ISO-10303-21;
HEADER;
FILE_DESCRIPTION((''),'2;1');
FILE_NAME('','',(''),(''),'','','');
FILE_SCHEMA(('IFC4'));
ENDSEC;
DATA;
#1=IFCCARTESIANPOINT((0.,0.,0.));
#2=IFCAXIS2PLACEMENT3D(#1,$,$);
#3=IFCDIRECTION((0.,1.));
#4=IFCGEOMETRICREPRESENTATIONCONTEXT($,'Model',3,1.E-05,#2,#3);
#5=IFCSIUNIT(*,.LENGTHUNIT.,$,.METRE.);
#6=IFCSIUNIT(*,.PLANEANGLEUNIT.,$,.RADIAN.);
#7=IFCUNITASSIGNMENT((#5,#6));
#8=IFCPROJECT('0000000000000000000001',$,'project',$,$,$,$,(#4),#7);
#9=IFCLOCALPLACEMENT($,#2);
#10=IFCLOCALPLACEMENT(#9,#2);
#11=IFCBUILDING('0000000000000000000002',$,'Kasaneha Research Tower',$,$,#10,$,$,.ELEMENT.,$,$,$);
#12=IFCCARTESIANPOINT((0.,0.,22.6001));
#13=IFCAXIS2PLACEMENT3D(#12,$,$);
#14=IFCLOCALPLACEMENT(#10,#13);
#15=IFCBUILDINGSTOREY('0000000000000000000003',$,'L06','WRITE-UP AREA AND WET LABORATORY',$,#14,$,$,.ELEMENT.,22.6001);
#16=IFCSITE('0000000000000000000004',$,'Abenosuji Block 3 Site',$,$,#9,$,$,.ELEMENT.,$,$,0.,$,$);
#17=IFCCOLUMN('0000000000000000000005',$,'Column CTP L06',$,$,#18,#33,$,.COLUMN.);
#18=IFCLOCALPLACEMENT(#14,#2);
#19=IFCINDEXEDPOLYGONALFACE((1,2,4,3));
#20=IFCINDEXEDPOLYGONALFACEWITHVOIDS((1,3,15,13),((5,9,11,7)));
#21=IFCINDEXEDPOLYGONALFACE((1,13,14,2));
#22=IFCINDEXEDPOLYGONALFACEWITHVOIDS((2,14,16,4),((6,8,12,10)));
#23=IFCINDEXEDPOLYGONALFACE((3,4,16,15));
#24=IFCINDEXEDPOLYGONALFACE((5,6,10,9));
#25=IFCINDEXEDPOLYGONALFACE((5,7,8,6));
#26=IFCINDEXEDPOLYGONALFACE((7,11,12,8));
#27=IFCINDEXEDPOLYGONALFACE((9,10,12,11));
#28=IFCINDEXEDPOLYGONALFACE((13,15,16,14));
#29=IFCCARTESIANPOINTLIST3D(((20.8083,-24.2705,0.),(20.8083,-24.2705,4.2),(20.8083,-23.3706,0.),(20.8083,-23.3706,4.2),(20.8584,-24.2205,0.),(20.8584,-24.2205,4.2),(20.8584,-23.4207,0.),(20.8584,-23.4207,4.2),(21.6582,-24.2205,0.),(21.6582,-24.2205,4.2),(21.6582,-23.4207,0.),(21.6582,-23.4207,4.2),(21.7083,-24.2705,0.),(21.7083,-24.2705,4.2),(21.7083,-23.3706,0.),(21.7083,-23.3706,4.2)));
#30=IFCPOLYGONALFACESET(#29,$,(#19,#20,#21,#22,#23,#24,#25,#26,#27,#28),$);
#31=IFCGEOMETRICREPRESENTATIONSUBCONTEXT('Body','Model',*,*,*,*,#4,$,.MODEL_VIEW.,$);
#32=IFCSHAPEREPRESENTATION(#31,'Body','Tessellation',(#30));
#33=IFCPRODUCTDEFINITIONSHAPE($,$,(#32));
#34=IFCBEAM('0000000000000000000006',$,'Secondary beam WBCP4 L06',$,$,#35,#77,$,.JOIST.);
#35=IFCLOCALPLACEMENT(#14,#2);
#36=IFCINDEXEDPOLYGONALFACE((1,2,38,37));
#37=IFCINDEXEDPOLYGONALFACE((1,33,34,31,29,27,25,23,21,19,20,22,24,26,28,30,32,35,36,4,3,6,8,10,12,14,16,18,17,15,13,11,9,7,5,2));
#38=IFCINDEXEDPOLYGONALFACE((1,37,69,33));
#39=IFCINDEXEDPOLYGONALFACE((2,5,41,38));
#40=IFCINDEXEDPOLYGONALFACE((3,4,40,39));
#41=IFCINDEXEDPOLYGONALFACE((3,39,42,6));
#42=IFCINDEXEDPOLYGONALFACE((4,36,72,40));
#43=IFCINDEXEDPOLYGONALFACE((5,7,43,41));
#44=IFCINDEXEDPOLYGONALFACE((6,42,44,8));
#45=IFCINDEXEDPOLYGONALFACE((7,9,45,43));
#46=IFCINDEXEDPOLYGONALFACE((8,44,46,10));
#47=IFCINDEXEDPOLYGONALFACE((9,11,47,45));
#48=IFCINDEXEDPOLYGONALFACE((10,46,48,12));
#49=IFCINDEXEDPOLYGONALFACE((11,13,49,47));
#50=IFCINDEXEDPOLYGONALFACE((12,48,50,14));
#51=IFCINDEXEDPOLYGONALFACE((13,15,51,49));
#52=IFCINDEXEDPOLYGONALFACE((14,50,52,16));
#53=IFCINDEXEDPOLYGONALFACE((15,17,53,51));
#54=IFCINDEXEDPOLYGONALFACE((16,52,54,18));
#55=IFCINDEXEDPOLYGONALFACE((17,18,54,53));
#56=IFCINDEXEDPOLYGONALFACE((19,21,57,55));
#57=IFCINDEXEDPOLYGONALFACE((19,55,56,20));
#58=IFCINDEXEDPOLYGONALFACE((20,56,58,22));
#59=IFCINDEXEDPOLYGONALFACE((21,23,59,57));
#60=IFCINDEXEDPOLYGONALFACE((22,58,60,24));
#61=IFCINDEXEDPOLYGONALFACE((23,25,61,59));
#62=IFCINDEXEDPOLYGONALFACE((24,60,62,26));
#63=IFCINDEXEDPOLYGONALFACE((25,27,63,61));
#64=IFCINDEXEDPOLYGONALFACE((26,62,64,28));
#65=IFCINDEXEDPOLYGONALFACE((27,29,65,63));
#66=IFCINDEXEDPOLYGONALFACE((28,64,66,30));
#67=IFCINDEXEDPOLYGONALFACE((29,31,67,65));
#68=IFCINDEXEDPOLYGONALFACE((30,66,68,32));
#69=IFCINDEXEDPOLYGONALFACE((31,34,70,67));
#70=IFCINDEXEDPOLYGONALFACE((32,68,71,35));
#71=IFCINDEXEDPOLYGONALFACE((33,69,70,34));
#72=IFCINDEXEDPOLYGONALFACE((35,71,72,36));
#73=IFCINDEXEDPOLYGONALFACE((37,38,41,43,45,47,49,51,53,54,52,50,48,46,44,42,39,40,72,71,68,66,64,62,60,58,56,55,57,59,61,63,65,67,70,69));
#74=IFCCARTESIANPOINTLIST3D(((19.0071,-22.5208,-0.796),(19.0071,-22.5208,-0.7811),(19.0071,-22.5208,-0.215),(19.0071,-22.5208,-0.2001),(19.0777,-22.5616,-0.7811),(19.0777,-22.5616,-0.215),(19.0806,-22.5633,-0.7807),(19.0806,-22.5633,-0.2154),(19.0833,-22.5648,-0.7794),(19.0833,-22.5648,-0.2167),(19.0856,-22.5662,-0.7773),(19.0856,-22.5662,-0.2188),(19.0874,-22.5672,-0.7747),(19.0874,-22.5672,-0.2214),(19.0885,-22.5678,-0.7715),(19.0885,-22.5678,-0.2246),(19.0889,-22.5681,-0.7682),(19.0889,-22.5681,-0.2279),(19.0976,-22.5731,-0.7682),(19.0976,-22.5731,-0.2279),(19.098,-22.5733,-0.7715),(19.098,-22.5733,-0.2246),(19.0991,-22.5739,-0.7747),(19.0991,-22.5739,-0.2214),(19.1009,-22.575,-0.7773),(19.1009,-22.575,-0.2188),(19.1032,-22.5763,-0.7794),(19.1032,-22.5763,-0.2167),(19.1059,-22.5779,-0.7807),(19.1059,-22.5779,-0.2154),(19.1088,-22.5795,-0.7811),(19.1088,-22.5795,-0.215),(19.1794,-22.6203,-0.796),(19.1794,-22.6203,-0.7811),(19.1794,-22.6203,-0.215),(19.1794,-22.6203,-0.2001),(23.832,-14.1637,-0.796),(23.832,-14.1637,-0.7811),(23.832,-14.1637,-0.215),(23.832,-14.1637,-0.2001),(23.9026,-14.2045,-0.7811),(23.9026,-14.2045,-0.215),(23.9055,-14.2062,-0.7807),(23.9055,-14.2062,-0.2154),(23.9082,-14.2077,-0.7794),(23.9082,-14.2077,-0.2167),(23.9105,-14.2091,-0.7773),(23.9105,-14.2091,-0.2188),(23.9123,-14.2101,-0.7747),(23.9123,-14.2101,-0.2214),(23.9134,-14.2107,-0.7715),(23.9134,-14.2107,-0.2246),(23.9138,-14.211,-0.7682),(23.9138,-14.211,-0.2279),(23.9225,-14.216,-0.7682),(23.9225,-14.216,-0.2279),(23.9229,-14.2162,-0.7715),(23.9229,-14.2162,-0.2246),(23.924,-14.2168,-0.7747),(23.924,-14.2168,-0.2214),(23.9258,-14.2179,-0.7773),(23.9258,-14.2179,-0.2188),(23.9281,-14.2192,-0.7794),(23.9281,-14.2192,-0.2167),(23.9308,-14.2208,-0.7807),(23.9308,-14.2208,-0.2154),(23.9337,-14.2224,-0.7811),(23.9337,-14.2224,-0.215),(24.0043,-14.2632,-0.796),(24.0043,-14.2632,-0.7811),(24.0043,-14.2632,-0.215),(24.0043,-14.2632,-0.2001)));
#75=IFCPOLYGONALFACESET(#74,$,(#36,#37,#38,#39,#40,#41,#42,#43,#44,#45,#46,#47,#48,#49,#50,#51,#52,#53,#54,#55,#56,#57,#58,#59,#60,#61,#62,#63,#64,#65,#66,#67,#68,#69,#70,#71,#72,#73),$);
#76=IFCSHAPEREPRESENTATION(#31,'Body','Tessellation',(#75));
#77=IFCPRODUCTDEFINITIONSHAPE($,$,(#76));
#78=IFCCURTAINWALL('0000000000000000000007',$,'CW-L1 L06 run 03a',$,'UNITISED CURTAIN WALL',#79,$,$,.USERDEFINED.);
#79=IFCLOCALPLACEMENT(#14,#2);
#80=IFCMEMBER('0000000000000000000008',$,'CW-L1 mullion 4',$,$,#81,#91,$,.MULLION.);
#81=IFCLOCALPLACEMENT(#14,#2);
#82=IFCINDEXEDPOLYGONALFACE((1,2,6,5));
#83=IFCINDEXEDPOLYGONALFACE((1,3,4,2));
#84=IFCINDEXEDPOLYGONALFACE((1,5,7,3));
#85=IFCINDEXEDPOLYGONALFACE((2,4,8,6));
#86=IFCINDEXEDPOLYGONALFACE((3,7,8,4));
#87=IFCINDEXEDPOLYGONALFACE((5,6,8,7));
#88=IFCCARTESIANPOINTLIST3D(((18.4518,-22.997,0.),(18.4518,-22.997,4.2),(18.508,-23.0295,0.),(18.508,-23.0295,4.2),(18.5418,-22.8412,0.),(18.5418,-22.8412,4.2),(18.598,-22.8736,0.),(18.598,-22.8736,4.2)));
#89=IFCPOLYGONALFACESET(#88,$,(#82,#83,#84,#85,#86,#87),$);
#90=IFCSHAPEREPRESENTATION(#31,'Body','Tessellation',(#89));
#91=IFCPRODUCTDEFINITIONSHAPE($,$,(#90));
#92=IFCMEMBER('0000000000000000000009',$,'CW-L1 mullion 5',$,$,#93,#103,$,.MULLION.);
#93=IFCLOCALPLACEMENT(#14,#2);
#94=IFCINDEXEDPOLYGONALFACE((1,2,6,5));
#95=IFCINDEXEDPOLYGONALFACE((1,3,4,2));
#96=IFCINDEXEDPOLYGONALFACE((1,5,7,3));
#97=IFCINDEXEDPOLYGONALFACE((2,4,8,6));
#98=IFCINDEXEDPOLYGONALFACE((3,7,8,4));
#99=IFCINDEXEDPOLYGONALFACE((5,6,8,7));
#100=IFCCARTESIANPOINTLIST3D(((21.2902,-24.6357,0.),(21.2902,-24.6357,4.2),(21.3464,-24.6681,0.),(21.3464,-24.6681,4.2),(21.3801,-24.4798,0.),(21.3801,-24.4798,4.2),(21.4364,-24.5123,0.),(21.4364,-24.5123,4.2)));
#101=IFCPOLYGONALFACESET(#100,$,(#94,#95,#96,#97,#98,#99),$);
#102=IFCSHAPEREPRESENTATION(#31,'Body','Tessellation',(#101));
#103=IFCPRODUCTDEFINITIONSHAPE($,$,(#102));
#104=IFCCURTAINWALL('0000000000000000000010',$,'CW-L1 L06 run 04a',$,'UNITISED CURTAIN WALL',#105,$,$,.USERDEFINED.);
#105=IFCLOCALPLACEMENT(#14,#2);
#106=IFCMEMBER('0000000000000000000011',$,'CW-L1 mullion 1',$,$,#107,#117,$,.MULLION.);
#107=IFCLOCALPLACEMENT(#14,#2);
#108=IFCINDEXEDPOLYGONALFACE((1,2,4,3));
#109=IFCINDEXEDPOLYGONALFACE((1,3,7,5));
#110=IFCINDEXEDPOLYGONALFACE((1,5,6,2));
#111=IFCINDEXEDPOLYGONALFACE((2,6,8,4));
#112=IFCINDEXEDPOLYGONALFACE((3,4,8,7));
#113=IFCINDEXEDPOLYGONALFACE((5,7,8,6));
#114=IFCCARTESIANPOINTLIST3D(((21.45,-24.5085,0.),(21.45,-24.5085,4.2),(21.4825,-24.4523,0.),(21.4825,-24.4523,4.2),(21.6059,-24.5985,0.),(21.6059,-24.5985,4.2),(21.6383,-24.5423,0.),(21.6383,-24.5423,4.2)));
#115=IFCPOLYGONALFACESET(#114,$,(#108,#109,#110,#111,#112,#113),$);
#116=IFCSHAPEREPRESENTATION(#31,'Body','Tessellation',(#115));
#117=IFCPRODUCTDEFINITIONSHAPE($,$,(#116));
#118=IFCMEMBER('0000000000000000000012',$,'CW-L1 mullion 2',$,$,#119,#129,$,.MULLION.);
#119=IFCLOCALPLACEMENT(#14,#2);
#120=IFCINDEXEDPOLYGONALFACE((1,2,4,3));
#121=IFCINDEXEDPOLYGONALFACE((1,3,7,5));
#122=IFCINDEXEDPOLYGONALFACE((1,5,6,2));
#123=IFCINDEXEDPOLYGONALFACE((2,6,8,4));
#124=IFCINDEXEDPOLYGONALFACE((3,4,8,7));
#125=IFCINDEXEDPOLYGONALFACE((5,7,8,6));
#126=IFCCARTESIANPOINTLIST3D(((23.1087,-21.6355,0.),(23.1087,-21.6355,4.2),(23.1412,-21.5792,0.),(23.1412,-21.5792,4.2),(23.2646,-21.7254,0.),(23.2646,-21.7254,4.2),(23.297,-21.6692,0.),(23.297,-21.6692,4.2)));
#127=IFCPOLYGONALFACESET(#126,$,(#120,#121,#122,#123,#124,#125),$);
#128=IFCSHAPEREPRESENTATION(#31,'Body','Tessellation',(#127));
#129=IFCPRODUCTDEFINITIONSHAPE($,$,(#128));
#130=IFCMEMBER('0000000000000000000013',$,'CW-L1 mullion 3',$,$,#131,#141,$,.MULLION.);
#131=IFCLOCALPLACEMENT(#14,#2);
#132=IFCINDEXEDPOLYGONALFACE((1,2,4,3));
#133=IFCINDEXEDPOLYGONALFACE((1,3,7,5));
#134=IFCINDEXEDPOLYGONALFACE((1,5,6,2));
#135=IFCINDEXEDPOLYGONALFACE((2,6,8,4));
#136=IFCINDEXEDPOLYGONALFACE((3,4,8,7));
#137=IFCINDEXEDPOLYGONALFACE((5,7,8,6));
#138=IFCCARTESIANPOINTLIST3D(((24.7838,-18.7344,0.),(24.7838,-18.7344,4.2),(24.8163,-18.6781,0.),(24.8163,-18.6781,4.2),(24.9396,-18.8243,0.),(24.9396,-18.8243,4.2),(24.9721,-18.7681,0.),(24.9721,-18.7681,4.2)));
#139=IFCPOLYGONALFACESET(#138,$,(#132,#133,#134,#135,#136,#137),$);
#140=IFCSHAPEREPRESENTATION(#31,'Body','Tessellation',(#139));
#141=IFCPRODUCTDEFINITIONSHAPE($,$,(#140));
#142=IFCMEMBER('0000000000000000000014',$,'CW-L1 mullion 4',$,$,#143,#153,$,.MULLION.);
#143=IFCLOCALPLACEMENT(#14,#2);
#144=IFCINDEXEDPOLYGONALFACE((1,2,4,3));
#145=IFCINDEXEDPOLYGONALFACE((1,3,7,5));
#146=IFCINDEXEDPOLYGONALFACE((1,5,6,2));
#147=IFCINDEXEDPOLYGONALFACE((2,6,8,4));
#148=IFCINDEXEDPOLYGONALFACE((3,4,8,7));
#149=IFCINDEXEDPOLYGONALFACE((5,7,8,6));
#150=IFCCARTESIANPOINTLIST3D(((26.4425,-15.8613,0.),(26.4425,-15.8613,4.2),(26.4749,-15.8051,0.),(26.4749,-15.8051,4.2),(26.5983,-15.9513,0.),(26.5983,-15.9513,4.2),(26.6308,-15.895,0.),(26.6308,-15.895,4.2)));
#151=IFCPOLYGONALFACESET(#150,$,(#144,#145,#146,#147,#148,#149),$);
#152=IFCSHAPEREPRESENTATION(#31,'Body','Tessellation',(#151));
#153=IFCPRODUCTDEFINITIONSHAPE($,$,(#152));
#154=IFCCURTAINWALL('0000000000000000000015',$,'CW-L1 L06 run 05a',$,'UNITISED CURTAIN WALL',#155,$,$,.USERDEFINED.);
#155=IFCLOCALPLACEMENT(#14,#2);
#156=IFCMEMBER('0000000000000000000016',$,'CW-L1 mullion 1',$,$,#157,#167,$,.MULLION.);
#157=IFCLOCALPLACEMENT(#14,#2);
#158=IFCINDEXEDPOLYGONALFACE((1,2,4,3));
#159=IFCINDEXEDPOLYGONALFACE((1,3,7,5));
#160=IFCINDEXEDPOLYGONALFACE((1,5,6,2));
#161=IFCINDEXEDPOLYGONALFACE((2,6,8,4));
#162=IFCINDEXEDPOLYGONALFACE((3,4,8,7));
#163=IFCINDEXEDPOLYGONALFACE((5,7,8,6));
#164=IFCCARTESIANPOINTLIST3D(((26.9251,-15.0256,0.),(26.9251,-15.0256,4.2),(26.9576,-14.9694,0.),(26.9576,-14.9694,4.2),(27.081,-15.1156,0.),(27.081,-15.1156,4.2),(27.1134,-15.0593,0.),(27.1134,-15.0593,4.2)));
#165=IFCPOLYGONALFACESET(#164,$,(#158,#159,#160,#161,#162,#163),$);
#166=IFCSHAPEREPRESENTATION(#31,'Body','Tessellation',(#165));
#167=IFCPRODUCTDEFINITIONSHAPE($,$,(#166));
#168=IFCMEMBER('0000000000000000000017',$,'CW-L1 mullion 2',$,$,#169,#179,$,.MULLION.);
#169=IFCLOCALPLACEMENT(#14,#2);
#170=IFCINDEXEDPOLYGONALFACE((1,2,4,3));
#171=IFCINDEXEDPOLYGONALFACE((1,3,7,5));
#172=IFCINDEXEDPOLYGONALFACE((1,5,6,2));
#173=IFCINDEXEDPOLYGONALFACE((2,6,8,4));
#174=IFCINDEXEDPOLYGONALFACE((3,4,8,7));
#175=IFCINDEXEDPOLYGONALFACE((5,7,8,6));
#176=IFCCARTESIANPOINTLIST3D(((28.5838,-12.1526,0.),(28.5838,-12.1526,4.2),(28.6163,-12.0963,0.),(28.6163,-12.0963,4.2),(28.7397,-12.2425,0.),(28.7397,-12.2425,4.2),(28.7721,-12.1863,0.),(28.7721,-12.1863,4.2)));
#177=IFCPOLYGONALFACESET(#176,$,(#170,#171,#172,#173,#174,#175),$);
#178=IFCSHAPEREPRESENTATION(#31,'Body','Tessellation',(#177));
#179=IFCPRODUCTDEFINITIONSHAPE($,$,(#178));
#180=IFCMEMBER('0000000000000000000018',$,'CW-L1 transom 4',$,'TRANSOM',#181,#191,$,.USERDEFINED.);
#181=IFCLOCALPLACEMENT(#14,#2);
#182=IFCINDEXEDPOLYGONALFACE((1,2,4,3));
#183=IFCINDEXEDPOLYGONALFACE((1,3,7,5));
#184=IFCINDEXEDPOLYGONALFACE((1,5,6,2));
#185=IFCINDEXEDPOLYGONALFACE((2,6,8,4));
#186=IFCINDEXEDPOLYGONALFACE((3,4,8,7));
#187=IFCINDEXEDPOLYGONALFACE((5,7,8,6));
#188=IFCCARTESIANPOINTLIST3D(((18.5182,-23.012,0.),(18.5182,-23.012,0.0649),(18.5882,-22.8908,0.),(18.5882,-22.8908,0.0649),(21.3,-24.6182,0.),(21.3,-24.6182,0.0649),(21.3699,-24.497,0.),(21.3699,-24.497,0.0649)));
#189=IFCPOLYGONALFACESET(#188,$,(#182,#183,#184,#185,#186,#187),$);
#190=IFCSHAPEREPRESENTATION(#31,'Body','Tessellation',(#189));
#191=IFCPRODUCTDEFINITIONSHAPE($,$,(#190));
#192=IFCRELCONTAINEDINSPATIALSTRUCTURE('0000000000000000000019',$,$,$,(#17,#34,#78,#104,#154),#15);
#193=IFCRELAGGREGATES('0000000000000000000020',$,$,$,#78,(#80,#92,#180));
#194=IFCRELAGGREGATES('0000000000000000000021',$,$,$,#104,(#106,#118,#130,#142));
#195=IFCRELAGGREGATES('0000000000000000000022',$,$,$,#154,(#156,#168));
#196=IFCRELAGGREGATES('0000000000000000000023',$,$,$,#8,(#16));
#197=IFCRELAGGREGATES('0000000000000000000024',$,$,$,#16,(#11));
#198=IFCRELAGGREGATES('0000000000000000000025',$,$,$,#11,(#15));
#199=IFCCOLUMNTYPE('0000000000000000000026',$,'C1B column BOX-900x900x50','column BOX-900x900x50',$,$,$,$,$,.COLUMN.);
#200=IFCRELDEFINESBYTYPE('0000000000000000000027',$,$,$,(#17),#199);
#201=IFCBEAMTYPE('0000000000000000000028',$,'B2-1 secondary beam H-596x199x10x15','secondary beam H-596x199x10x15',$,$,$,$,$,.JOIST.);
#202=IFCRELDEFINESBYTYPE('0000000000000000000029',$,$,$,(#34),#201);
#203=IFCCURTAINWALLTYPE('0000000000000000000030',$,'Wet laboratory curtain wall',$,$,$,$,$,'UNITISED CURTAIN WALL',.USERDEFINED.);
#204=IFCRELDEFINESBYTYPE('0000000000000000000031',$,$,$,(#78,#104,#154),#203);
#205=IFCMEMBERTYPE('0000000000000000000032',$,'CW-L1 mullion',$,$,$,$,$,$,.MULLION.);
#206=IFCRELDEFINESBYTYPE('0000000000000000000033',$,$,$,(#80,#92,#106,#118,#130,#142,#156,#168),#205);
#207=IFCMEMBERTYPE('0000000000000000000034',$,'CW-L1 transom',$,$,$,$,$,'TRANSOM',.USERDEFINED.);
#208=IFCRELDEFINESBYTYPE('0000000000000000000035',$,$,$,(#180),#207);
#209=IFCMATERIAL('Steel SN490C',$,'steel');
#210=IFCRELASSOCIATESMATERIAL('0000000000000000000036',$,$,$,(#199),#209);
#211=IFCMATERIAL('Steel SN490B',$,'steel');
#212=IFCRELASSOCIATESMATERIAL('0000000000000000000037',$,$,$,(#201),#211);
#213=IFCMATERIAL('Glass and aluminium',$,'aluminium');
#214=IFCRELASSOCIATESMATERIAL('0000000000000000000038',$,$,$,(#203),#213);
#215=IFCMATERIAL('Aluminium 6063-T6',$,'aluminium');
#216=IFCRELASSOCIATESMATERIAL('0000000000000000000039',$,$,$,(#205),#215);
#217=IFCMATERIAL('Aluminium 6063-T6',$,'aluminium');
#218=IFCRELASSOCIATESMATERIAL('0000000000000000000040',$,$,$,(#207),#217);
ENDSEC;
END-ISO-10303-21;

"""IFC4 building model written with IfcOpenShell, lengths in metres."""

from ifc_helpers import new_model, si_unit, direction, frame, origin, origin_2d, place, context, subcontext, project, spatial, rectangle, hollow_rectangle, i_section, extrude, material, material_profile, profile_set, type_object, element, aggregate, save


model = new_model("IFC4")

# Units and contexts
model_context = context("Model", 3, precision=1e-05, world=origin(), true_north=direction((0.0, 1.0)))
body_context = subcontext(model_context, "Body", "Model", "MODEL_VIEW")
ifc_project = project(units=[si_unit("LENGTHUNIT", "METRE"), si_unit("PLANEANGLEUNIT", "RADIAN")], contexts=[model_context])

# Site, building, storey
site_placement = place(None, origin())
site = spatial("IfcSite", under=ifc_project, at=site_placement, Name="Abenosuji Block 3 Site", CompositionType="ELEMENT", RefElevation=0.0)
building_placement = place(site_placement, origin())
building = spatial("IfcBuilding", under=site, at=building_placement, Name="Kasaneha Research Tower", CompositionType="ELEMENT")
storey_placement = place(building_placement, frame((0.0, 0.0, 22.6001)))
storey = spatial("IfcBuildingStorey", under=building, at=storey_placement, Name="L06", Description="WRITE-UP AREA AND WET LABORATORY", CompositionType="ELEMENT", Elevation=22.6001)

# Column
ifc_material_1 = material(Name="Steel SN490C", Category="steel")
ifc_material_profile_1 = material_profile(ifc_material_1, hollow_rectangle(XDim=0.8999, YDim=0.8999, WallThickness=0.05, at=origin_2d()), Name="BOX-900x900x50")
ifc_profile_set_1 = profile_set([ifc_material_profile_1], Name="Steel SN490C")
column_type = type_object("IfcColumnType", Name="C1B column BOX-900x900x50", Description="column BOX-900x900x50", PredefinedType="COLUMN", material=ifc_profile_set_1)
column_placement = place(storey_placement, frame((21.2583, -23.8206, 0.0), z_axis=(0.0, 0.0, 1.0), x_axis=(1.0, 0.0, 0.0)))
element("IfcColumn", 1, at=column_placement, inside=storey, type_object=column_type, Name="Column CTP L06", PredefinedType="COLUMN", context=body_context, shape_type="SweptSolid", body=[
    extrude(hollow_rectangle(XDim=0.8999, YDim=0.8999, WallThickness=0.05, at=origin_2d()), origin(), (0.0, 0.0, 1.0), 4.2),
])

# Beam
ifc_material_2 = material(Name="Steel SN490B", Category="steel")
ifc_material_profile_2 = material_profile(ifc_material_2, i_section(OverallWidth=0.199, OverallDepth=0.5959, WebThickness=0.01, FlangeThickness=0.0149, FilletRadius=0.0129, at=origin_2d()), Name="H-596x199x10x15")
ifc_profile_set_2 = profile_set([ifc_material_profile_2], Name="Steel SN490B")
beam_type_1 = type_object("IfcBeamType", Name="B2-1 secondary beam H-596x199x10x15", Description="secondary beam H-596x199x10x15", PredefinedType="JOIST", material=ifc_profile_set_2)
beam_1_placement = place(storey_placement, frame((19.0933, -22.5706, -0.498), z_axis=(0.499995, 0.866028, 0.0), x_axis=(-0.866028, 0.499995, 0.0)))
element("IfcBeam", 2, at=beam_1_placement, inside=storey, type_object=beam_type_1, Name="Secondary beam WBCP4 L06", PredefinedType="JOIST", context=body_context, shape_type="SweptSolid", body=[
    extrude(i_section(OverallWidth=0.199, OverallDepth=0.5959, WebThickness=0.01, FlangeThickness=0.0149, FilletRadius=0.0129, at=origin_2d()), origin(), (0.0, 0.0, 1.0), 9.6499),
])

# Curtain walls, members
ifc_material_3 = material(Name="Glass and aluminium", Category="aluminium")
curtain_wall_type = type_object("IfcCurtainWallType", Name="Wet laboratory curtain wall", ElementType="UNITISED CURTAIN WALL", PredefinedType="USERDEFINED", material=ifc_material_3)
curtain_wall_1_placement = place(storey_placement, origin())
curtain_wall_1 = element("IfcCurtainWall", 3, at=curtain_wall_1_placement, inside=storey, type_object=curtain_wall_type, Name="CW-L1 L06 run 03a", ObjectType="UNITISED CURTAIN WALL", PredefinedType="USERDEFINED")
ifc_material_4 = material(Name="Aluminium 6063-T6", Category="aluminium")
ifc_material_profile_3 = material_profile(ifc_material_4, rectangle(XDim=0.0649, YDim=0.1799, at=origin_2d()), Name="CW-L1 mullion 65x180")
ifc_profile_set_3 = profile_set([ifc_material_profile_3], Name="Aluminium 6063-T6")
member_type_1 = type_object("IfcMemberType", Name="CW-L1 mullion", PredefinedType="MULLION", material=ifc_profile_set_3)
member_1_placement = place(storey_placement, frame((18.5249, -22.9353, 0.0), z_axis=(0.0, 0.0, 1.0), x_axis=(0.866025, -0.5, 0.0)))
member_1 = element("IfcMember", 4, at=member_1_placement, type_object=member_type_1, Name="CW-L1 mullion 4", PredefinedType="MULLION", context=body_context, shape_type="SweptSolid", body=[
    extrude(rectangle(XDim=0.0649, YDim=0.1799, at=origin_2d()), origin(), (0.0, 0.0, 1.0), 4.2),
])
member_2_placement = place(storey_placement, frame((21.3633, -24.574, 0.0), z_axis=(0.0, 0.0, 1.0), x_axis=(0.866025, -0.5, 0.0)))
member_2 = element("IfcMember", 5, at=member_2_placement, type_object=member_type_1, Name="CW-L1 mullion 5", PredefinedType="MULLION", context=body_context, shape_type="SweptSolid", body=[
    extrude(rectangle(XDim=0.0649, YDim=0.1799, at=origin_2d()), origin(), (0.0, 0.0, 1.0), 4.2),
])
curtain_wall_2_placement = place(storey_placement, origin())
curtain_wall_2 = element("IfcCurtainWall", 6, at=curtain_wall_2_placement, inside=storey, type_object=curtain_wall_type, Name="CW-L1 L06 run 04a", ObjectType="UNITISED CURTAIN WALL", PredefinedType="USERDEFINED")
member_3_placement = place(storey_placement, frame((21.5442, -24.5254, 0.0), z_axis=(0.0, 0.0, 1.0), x_axis=(0.5, 0.866025, 0.0)))
member_3 = element("IfcMember", 7, at=member_3_placement, type_object=member_type_1, Name="CW-L1 mullion 1", PredefinedType="MULLION", context=body_context, shape_type="SweptSolid", body=[
    extrude(rectangle(XDim=0.0649, YDim=0.1799, at=origin_2d()), origin(), (0.0, 0.0, 1.0), 4.2),
])
member_4_placement = place(storey_placement, frame((23.2029, -21.6523, 0.0), z_axis=(0.0, 0.0, 1.0), x_axis=(0.5, 0.866025, 0.0)))
member_4 = element("IfcMember", 8, at=member_4_placement, type_object=member_type_1, Name="CW-L1 mullion 2", PredefinedType="MULLION", context=body_context, shape_type="SweptSolid", body=[
    extrude(rectangle(XDim=0.0649, YDim=0.1799, at=origin_2d()), origin(), (0.0, 0.0, 1.0), 4.2),
])
member_5_placement = place(storey_placement, frame((24.8779, -18.7512, 0.0), z_axis=(0.0, 0.0, 1.0), x_axis=(0.5, 0.866025, 0.0)))
member_5 = element("IfcMember", 9, at=member_5_placement, type_object=member_type_1, Name="CW-L1 mullion 3", PredefinedType="MULLION", context=body_context, shape_type="SweptSolid", body=[
    extrude(rectangle(XDim=0.0649, YDim=0.1799, at=origin_2d()), origin(), (0.0, 0.0, 1.0), 4.2),
])
member_6_placement = place(storey_placement, frame((26.5366, -15.8782, 0.0), z_axis=(0.0, 0.0, 1.0), x_axis=(0.5, 0.866025, 0.0)))
member_6 = element("IfcMember", 10, at=member_6_placement, type_object=member_type_1, Name="CW-L1 mullion 4", PredefinedType="MULLION", context=body_context, shape_type="SweptSolid", body=[
    extrude(rectangle(XDim=0.0649, YDim=0.1799, at=origin_2d()), origin(), (0.0, 0.0, 1.0), 4.2),
])
curtain_wall_3_placement = place(storey_placement, origin())
curtain_wall_3 = element("IfcCurtainWall", 11, at=curtain_wall_3_placement, inside=storey, type_object=curtain_wall_type, Name="CW-L1 L06 run 05a", ObjectType="UNITISED CURTAIN WALL", PredefinedType="USERDEFINED")
member_7_placement = place(storey_placement, frame((27.0193, -15.0425, 0.0), z_axis=(0.0, 0.0, 1.0), x_axis=(0.5, 0.866025, 0.0)))
member_7 = element("IfcMember", 12, at=member_7_placement, type_object=member_type_1, Name="CW-L1 mullion 1", PredefinedType="MULLION", context=body_context, shape_type="SweptSolid", body=[
    extrude(rectangle(XDim=0.0649, YDim=0.1799, at=origin_2d()), origin(), (0.0, 0.0, 1.0), 4.2),
])
member_8_placement = place(storey_placement, frame((28.678, -12.1694, 0.0), z_axis=(0.0, 0.0, 1.0), x_axis=(0.5, 0.866025, 0.0)))
member_8 = element("IfcMember", 13, at=member_8_placement, type_object=member_type_1, Name="CW-L1 mullion 2", PredefinedType="MULLION", context=body_context, shape_type="SweptSolid", body=[
    extrude(rectangle(XDim=0.0649, YDim=0.1799, at=origin_2d()), origin(), (0.0, 0.0, 1.0), 4.2),
])

# Member
ifc_material_5 = material(Name="Aluminium 6063-T6", Category="aluminium")
ifc_material_profile_4 = material_profile(ifc_material_5, rectangle(XDim=0.1399, YDim=0.0649, at=origin_2d()), Name="CW-L1 transom 140x65")
ifc_profile_set_4 = profile_set([ifc_material_profile_4], Name="Aluminium 6063-T6")
member_type_2 = type_object("IfcMemberType", Name="CW-L1 transom", ElementType="TRANSOM", PredefinedType="USERDEFINED", material=ifc_profile_set_4)
member_9_placement = place(storey_placement, frame((18.5532, -22.9514, 0.0325), z_axis=(0.866003, -0.500038, 0.0), x_axis=(0.500038, 0.866003, 0.0)))
member_9 = element("IfcMember", 14, at=member_9_placement, type_object=member_type_2, Name="CW-L1 transom 4", ObjectType="TRANSOM", PredefinedType="USERDEFINED", context=body_context, shape_type="SweptSolid", body=[
    extrude(rectangle(XDim=0.1399, YDim=0.0649, at=origin_2d()), origin(), (0.0, 0.0, 1.0), 3.2122),
])

aggregate(curtain_wall_1, [member_1, member_2, member_9])
aggregate(curtain_wall_2, [member_3, member_4, member_5, member_6])
aggregate(curtain_wall_3, [member_7, member_8])

save(model, "model.ifc")
